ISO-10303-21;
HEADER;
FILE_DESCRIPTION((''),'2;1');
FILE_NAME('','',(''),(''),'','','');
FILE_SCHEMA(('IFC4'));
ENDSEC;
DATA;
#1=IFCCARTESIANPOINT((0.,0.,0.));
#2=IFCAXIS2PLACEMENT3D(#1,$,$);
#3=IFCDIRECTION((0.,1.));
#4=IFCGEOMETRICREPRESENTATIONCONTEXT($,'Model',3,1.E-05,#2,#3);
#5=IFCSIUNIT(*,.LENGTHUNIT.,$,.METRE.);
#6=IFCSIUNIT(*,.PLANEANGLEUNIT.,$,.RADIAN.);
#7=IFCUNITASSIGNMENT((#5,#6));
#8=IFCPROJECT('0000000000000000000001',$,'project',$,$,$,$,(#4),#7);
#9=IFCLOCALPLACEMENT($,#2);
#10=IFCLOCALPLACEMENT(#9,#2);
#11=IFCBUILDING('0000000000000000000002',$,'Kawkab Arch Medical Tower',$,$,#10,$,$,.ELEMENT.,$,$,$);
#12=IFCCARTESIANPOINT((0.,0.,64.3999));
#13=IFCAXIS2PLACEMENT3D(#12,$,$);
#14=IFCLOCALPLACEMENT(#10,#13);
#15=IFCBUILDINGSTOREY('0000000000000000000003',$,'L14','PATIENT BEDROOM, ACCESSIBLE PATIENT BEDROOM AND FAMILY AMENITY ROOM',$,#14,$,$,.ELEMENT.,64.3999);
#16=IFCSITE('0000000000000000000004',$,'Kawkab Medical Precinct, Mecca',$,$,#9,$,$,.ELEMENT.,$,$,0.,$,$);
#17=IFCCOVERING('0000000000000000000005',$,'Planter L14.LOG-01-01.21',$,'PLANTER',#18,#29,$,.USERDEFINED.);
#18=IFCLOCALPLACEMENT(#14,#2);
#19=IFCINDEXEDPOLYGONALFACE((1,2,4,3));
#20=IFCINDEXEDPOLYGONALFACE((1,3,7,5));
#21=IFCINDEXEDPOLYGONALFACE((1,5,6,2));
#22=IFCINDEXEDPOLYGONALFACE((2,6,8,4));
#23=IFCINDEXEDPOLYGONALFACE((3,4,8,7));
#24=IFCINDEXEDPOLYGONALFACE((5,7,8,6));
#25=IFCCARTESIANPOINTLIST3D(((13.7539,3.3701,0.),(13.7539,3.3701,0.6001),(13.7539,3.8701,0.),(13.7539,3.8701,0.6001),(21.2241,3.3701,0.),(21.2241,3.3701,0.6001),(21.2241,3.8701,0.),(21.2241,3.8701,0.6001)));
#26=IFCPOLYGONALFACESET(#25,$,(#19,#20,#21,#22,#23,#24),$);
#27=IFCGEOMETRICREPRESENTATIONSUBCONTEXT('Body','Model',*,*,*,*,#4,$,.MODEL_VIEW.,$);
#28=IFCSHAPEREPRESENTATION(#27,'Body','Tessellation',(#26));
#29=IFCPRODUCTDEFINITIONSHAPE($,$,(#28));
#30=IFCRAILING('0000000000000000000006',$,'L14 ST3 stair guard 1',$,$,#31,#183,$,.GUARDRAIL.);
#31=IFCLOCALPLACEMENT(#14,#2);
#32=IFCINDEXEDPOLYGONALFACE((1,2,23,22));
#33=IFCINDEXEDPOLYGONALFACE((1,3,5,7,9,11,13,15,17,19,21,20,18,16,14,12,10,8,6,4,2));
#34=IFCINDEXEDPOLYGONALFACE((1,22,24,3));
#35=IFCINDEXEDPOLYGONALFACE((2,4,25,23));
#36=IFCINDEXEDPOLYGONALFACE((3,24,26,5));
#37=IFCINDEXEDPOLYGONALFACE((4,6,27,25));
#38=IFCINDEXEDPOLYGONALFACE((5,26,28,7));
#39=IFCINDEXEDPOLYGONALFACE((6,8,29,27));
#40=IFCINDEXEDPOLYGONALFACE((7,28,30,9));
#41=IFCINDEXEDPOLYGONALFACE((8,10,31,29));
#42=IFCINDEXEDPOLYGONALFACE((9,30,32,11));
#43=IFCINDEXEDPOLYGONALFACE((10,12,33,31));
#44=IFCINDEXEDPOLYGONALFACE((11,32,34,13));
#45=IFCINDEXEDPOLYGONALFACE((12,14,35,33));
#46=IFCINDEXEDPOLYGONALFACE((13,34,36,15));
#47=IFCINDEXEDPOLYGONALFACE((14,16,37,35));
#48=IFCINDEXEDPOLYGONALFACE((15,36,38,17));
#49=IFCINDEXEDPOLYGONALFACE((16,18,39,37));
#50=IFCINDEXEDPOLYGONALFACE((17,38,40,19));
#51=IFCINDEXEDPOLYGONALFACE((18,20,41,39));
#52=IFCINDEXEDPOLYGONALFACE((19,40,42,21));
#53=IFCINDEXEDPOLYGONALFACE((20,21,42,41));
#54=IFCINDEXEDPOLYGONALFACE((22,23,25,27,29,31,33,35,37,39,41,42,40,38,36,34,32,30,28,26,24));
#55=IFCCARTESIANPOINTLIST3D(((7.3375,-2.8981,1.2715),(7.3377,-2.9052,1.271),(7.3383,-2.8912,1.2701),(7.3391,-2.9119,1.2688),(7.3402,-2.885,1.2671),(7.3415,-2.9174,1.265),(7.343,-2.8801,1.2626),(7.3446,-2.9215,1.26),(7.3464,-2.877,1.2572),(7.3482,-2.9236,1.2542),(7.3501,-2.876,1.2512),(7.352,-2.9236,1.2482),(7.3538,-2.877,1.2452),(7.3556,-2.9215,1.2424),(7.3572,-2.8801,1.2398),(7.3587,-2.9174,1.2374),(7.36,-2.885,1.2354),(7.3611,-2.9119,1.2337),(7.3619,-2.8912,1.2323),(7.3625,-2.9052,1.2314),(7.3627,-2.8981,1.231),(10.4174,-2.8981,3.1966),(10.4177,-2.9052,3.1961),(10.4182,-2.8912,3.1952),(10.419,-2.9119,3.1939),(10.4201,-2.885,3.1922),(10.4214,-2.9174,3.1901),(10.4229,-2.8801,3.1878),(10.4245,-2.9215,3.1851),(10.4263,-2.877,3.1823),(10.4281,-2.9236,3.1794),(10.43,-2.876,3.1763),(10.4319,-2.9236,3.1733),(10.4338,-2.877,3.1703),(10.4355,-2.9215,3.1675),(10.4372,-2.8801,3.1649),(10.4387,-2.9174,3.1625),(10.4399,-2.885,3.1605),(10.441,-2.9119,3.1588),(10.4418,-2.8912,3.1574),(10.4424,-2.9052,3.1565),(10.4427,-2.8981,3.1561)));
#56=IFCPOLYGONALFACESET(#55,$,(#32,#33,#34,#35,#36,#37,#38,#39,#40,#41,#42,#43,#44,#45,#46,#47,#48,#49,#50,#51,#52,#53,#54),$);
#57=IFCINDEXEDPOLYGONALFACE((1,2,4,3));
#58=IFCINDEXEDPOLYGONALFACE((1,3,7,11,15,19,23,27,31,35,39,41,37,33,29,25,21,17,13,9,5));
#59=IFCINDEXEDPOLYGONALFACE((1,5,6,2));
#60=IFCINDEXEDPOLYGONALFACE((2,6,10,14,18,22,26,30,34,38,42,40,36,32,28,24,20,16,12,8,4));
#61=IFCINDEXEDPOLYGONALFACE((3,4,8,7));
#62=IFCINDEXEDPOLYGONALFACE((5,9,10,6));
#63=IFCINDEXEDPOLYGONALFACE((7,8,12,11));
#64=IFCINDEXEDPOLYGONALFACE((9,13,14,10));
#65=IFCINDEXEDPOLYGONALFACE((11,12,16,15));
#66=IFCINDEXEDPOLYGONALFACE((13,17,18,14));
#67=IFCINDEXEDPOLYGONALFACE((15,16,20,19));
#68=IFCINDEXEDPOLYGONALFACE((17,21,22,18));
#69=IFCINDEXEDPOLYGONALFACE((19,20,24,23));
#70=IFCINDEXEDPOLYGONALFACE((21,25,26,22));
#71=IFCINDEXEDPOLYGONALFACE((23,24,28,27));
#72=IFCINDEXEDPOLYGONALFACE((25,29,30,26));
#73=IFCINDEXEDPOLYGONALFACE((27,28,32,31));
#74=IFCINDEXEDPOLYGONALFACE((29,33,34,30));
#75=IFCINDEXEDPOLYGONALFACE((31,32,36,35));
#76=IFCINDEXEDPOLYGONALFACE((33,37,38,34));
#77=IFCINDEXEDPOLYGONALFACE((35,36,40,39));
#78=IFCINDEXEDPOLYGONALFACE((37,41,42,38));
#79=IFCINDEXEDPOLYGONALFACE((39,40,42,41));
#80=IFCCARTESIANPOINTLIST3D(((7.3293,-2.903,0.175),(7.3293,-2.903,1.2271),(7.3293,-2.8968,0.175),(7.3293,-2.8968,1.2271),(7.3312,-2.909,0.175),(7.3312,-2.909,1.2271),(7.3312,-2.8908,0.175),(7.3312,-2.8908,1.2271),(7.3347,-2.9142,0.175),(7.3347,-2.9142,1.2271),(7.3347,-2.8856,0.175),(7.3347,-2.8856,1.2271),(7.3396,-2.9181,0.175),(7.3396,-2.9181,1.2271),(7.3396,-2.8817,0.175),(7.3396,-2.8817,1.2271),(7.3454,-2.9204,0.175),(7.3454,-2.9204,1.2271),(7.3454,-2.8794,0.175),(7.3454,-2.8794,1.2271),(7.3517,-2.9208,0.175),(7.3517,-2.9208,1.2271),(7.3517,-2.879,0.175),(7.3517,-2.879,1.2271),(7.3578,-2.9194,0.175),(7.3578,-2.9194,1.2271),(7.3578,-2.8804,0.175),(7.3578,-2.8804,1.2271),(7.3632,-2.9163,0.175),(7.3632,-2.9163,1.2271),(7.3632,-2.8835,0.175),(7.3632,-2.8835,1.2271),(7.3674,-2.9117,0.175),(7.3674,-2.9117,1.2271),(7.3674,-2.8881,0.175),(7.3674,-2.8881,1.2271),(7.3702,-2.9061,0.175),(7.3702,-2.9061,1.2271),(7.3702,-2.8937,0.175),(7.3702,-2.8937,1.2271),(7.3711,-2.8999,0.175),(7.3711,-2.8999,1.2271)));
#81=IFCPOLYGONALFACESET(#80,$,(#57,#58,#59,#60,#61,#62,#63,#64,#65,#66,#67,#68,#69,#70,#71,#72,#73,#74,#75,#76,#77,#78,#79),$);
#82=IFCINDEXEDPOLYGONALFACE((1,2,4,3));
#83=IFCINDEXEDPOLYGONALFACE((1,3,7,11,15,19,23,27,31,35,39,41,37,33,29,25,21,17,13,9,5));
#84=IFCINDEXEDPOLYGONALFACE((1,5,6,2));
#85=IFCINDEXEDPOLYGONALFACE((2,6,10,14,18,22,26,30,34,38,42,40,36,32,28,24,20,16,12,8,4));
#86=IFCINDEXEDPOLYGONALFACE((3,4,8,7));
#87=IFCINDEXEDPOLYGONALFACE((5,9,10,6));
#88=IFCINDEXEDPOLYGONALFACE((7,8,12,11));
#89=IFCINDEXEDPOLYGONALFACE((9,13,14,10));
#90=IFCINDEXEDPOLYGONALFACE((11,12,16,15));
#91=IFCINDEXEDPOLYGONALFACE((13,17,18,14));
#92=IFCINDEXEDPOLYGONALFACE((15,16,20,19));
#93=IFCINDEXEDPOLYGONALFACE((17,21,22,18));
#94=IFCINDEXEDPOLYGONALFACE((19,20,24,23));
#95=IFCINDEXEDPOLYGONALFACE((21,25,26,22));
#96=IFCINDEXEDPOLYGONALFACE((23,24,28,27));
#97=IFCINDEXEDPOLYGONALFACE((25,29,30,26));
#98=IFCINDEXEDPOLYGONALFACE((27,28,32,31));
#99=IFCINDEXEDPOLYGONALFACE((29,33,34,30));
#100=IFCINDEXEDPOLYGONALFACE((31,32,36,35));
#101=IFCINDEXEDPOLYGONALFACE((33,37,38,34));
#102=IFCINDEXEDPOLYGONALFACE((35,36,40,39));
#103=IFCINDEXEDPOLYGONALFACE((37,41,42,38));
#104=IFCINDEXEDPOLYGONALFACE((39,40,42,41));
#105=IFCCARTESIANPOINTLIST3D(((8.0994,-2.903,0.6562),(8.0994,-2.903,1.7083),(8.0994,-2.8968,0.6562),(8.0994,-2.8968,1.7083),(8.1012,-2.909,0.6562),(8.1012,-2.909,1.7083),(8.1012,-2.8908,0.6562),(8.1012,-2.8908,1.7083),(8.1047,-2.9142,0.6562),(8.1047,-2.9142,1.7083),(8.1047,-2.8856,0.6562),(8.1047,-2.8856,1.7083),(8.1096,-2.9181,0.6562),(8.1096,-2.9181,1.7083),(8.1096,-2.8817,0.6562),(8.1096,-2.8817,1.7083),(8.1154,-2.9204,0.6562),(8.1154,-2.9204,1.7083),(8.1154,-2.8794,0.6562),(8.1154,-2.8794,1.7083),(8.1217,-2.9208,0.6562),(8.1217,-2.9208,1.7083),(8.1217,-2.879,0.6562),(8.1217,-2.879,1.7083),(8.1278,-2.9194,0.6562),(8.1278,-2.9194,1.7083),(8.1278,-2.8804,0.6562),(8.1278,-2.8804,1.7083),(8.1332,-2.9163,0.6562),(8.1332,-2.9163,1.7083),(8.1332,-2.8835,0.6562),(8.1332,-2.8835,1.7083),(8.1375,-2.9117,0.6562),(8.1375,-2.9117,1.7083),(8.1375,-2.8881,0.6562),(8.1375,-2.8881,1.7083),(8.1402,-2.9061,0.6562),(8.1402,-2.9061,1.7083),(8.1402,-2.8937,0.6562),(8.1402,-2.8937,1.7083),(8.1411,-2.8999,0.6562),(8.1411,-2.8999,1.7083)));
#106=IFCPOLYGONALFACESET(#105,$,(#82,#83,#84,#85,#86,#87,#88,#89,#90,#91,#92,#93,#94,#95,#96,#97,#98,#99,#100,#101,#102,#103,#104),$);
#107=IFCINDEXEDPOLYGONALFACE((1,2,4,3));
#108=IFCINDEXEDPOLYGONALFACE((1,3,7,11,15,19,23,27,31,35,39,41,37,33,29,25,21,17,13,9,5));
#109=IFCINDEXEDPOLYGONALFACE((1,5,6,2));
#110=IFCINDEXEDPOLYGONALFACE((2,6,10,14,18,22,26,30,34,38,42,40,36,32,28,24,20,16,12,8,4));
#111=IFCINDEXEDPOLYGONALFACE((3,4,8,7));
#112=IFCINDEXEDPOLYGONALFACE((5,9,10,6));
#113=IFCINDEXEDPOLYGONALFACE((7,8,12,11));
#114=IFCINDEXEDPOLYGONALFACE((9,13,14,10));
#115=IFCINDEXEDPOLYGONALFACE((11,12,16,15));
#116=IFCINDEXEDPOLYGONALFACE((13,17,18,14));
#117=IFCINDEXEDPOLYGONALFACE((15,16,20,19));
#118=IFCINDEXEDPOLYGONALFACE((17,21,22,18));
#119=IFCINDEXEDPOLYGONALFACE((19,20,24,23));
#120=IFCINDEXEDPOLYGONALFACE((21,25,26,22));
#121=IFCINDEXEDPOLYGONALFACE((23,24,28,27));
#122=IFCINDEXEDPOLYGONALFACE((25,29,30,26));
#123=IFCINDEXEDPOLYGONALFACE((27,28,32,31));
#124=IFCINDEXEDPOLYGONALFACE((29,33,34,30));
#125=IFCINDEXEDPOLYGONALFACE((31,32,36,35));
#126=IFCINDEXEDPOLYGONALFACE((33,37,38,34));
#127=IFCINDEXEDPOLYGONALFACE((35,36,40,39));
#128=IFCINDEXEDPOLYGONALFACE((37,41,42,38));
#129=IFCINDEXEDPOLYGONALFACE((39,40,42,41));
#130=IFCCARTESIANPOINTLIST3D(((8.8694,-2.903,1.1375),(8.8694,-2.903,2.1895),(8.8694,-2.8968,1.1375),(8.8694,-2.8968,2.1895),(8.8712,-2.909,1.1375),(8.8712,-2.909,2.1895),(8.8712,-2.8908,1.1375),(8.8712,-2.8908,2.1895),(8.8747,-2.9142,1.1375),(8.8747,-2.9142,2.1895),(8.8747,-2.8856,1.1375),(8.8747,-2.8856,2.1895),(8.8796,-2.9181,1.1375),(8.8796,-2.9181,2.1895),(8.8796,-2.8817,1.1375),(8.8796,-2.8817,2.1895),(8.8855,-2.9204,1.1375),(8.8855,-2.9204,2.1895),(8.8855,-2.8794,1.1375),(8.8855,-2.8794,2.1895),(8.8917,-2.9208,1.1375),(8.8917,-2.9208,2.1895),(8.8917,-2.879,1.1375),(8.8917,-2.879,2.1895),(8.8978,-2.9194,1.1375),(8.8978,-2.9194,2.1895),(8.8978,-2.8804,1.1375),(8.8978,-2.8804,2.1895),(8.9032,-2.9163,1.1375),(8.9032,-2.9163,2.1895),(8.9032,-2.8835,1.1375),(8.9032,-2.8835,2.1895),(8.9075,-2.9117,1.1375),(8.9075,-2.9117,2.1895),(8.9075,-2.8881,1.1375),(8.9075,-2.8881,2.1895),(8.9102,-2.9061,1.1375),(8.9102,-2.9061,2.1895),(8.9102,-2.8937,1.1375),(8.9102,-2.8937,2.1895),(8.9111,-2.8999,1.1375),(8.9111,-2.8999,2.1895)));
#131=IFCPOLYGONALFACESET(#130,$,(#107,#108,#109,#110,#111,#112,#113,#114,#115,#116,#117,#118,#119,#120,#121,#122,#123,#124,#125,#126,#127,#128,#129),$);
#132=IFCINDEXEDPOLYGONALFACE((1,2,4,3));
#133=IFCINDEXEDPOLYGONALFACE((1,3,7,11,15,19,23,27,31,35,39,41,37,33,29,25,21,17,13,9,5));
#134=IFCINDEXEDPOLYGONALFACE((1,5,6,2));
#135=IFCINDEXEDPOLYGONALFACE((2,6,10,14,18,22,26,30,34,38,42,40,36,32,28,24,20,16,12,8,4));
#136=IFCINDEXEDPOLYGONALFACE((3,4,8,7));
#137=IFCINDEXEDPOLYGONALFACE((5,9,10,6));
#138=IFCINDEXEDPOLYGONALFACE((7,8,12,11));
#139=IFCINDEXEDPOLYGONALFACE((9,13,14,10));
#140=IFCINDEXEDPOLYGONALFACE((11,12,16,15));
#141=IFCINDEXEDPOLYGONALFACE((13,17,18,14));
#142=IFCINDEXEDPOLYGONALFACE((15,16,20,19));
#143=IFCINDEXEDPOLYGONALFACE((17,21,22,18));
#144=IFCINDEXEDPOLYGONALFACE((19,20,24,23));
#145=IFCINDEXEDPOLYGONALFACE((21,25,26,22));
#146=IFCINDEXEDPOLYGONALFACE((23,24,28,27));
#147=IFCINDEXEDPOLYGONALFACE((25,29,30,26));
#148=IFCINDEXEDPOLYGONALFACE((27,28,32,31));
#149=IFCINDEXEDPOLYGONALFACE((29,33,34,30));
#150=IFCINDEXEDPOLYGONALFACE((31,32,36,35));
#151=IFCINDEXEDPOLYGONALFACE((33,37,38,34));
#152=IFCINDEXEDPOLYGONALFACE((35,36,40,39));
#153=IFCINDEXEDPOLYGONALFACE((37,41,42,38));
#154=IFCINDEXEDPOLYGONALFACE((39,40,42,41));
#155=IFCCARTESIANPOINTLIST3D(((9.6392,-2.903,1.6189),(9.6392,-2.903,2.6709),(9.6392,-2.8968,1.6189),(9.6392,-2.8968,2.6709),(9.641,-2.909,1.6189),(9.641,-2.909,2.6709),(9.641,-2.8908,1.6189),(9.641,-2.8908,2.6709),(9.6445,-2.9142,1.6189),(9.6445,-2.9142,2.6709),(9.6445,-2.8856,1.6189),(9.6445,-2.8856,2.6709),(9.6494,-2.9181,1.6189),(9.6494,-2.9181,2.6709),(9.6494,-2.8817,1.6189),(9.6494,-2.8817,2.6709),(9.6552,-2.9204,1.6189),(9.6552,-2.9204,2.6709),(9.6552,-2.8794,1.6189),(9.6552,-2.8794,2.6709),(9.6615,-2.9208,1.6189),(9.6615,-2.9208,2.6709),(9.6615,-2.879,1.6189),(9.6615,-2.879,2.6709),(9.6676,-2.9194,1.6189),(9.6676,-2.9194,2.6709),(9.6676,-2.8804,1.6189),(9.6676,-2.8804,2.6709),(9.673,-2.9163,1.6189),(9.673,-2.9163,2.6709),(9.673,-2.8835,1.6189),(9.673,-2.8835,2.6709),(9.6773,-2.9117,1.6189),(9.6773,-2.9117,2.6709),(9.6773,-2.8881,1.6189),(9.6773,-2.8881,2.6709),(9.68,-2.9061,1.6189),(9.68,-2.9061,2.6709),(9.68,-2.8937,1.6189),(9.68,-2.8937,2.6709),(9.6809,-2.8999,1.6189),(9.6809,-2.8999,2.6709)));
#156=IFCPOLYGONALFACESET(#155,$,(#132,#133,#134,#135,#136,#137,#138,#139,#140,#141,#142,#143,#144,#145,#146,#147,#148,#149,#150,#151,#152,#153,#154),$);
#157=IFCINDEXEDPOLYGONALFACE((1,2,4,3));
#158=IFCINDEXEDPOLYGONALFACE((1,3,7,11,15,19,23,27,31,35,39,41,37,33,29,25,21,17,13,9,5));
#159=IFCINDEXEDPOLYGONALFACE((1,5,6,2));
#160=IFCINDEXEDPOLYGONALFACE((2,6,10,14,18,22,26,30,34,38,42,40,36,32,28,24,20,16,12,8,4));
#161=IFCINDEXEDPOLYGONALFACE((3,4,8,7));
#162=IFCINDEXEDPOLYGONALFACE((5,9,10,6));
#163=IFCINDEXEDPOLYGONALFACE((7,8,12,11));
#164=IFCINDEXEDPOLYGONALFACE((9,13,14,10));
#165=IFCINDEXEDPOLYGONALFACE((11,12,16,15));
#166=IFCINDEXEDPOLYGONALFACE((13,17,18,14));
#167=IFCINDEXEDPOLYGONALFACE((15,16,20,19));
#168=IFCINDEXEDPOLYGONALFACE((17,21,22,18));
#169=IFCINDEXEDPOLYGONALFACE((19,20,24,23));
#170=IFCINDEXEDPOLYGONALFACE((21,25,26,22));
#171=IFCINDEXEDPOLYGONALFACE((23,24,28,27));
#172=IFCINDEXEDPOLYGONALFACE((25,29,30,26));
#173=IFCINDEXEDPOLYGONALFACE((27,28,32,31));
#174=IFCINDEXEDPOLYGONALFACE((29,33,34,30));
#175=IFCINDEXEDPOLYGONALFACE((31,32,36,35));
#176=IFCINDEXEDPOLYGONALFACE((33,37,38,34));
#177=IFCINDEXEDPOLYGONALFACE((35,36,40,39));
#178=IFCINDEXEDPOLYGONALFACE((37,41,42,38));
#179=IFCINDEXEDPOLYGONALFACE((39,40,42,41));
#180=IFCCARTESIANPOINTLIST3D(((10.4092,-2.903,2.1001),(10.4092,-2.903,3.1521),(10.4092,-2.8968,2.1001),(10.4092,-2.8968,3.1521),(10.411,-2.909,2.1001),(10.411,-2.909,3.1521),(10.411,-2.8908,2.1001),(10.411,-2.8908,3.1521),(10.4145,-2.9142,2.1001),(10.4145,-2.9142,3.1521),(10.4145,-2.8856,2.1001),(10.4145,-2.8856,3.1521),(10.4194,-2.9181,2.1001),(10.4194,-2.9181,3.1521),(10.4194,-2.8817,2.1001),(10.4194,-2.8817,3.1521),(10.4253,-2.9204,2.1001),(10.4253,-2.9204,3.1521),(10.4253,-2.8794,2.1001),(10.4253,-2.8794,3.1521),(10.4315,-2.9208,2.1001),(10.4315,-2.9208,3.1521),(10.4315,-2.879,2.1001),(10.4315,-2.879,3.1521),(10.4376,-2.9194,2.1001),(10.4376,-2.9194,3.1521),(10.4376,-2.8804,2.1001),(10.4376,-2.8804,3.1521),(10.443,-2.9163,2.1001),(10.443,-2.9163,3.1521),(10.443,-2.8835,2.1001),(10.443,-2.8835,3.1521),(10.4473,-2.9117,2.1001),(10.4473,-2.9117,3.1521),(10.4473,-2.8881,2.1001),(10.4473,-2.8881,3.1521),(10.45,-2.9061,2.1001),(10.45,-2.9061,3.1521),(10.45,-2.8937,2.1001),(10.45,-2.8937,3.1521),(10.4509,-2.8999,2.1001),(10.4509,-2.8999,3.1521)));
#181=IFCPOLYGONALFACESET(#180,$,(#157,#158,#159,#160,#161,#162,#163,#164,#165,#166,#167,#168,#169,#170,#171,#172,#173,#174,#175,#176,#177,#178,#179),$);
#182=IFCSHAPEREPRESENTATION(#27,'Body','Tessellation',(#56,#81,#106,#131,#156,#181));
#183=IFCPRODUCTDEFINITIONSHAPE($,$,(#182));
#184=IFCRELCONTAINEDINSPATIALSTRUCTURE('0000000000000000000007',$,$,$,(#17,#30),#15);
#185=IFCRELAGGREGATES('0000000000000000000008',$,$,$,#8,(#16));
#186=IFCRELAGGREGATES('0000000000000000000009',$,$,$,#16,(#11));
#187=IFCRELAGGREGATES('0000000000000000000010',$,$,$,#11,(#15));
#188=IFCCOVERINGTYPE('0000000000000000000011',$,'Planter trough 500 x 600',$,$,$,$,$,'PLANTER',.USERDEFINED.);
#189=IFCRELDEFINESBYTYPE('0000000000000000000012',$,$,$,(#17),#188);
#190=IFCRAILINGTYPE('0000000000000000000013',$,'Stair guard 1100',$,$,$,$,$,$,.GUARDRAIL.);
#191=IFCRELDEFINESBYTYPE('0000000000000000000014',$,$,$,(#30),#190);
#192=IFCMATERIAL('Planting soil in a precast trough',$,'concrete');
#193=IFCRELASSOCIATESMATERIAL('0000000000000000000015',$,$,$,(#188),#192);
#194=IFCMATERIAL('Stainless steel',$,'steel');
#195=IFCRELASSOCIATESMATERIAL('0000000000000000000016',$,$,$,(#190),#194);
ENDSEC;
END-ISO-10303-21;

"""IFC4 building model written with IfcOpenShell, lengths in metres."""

from ifc_helpers import new_model, si_unit, direction, frame, origin, origin_2d, place, context, subcontext, project, spatial, rectangle, circle, extrude, material, material_profile, profile_set, type_object, element, save


model = new_model("IFC4")

# Units and contexts
model_context = context("Model", 3, precision=1e-05, world=origin(), true_north=direction((0.0, 1.0)))
body_context = subcontext(model_context, "Body", "Model", "MODEL_VIEW")
ifc_project = project(units=[si_unit("LENGTHUNIT", "METRE"), si_unit("PLANEANGLEUNIT", "RADIAN")], contexts=[model_context])

# Site, building, storey
site_placement = place(None, origin())
site = spatial("IfcSite", under=ifc_project, at=site_placement, Name="Kawkab Medical Precinct, Mecca", CompositionType="ELEMENT", RefElevation=0.0)
building_placement = place(site_placement, origin())
building = spatial("IfcBuilding", under=site, at=building_placement, Name="Kawkab Arch Medical Tower", CompositionType="ELEMENT")
storey_placement = place(building_placement, frame((0.0, 0.0, 64.3999)))
storey = spatial("IfcBuildingStorey", under=building, at=storey_placement, Name="L14", Description="PATIENT BEDROOM, ACCESSIBLE PATIENT BEDROOM AND FAMILY AMENITY ROOM", CompositionType="ELEMENT", Elevation=64.3999)

# Covering
ifc_material_1 = material(Name="Planting soil in a precast trough", Category="concrete")
ifc_material_profile_1 = material_profile(ifc_material_1, rectangle(XDim=0.5, YDim=0.6001, at=origin_2d()), Name="Trough 500x600")
ifc_profile_set_1 = profile_set([ifc_material_profile_1], Name="Planting soil in a precast trough")
covering_type_1 = type_object("IfcCoveringType", Name="Planter trough 500 x 600", ElementType="PLANTER", PredefinedType="USERDEFINED", material=ifc_profile_set_1)
covering_1_placement = place(storey_placement, frame((13.7539, 3.6201, 0.3), z_axis=(1.0, 0.0, 0.0), x_axis=(0.0, 1.0, 0.0)))
element("IfcCovering", 1, at=covering_1_placement, inside=storey, type_object=covering_type_1, Name="Planter L14.LOG-01-01.21", ObjectType="PLANTER", PredefinedType="USERDEFINED", context=body_context, shape_type="SweptSolid", body=[
    extrude(rectangle(XDim=0.5, YDim=0.6001, at=origin_2d()), origin(), (0.0, 0.0, 1.0), 7.4702),
])

# Railing
ifc_material_2 = material(Name="Stainless steel", Category="steel")
railing_type_1 = type_object("IfcRailingType", Name="Stair guard 1100", PredefinedType="GUARDRAIL", material=ifc_material_2)
railing_1_placement = place(storey_placement, frame((7.3501, -2.8999, 0.175)))
element("IfcRailing", 2, at=railing_1_placement, inside=storey, type_object=railing_type_1, Name="L14 ST3 stair guard 1", PredefinedType="GUARDRAIL", context=body_context, shape_type="SweptSolid", body=[
    extrude(circle(Radius=0.0239, at=origin_2d()), frame((0.0, 0.0, 1.0762), z_axis=(0.847979, 0.0, 0.530029), x_axis=(0.0, 1.0, 0.0)), (0.0, 0.0, 1.0), 3.6321),
    extrude(circle(Radius=0.021, at=origin_2d()), origin(), (0.0, 0.0, 1.0), 1.052),
    extrude(circle(Radius=0.021, at=origin_2d()), frame((0.77, 0.0, 0.4812)), (0.0, 0.0, 1.0), 1.052),
    extrude(circle(Radius=0.021, at=origin_2d()), frame((1.54, 0.0, 0.9624)), (0.0, 0.0, 1.0), 1.052),
    extrude(circle(Radius=0.021, at=origin_2d()), frame((2.3098, 0.0, 1.4438)), (0.0, 0.0, 1.0), 1.052),
    extrude(circle(Radius=0.021, at=origin_2d()), frame((3.0798, 0.0, 1.925)), (0.0, 0.0, 1.0), 1.052),
])

save(model, "model.ifc")
